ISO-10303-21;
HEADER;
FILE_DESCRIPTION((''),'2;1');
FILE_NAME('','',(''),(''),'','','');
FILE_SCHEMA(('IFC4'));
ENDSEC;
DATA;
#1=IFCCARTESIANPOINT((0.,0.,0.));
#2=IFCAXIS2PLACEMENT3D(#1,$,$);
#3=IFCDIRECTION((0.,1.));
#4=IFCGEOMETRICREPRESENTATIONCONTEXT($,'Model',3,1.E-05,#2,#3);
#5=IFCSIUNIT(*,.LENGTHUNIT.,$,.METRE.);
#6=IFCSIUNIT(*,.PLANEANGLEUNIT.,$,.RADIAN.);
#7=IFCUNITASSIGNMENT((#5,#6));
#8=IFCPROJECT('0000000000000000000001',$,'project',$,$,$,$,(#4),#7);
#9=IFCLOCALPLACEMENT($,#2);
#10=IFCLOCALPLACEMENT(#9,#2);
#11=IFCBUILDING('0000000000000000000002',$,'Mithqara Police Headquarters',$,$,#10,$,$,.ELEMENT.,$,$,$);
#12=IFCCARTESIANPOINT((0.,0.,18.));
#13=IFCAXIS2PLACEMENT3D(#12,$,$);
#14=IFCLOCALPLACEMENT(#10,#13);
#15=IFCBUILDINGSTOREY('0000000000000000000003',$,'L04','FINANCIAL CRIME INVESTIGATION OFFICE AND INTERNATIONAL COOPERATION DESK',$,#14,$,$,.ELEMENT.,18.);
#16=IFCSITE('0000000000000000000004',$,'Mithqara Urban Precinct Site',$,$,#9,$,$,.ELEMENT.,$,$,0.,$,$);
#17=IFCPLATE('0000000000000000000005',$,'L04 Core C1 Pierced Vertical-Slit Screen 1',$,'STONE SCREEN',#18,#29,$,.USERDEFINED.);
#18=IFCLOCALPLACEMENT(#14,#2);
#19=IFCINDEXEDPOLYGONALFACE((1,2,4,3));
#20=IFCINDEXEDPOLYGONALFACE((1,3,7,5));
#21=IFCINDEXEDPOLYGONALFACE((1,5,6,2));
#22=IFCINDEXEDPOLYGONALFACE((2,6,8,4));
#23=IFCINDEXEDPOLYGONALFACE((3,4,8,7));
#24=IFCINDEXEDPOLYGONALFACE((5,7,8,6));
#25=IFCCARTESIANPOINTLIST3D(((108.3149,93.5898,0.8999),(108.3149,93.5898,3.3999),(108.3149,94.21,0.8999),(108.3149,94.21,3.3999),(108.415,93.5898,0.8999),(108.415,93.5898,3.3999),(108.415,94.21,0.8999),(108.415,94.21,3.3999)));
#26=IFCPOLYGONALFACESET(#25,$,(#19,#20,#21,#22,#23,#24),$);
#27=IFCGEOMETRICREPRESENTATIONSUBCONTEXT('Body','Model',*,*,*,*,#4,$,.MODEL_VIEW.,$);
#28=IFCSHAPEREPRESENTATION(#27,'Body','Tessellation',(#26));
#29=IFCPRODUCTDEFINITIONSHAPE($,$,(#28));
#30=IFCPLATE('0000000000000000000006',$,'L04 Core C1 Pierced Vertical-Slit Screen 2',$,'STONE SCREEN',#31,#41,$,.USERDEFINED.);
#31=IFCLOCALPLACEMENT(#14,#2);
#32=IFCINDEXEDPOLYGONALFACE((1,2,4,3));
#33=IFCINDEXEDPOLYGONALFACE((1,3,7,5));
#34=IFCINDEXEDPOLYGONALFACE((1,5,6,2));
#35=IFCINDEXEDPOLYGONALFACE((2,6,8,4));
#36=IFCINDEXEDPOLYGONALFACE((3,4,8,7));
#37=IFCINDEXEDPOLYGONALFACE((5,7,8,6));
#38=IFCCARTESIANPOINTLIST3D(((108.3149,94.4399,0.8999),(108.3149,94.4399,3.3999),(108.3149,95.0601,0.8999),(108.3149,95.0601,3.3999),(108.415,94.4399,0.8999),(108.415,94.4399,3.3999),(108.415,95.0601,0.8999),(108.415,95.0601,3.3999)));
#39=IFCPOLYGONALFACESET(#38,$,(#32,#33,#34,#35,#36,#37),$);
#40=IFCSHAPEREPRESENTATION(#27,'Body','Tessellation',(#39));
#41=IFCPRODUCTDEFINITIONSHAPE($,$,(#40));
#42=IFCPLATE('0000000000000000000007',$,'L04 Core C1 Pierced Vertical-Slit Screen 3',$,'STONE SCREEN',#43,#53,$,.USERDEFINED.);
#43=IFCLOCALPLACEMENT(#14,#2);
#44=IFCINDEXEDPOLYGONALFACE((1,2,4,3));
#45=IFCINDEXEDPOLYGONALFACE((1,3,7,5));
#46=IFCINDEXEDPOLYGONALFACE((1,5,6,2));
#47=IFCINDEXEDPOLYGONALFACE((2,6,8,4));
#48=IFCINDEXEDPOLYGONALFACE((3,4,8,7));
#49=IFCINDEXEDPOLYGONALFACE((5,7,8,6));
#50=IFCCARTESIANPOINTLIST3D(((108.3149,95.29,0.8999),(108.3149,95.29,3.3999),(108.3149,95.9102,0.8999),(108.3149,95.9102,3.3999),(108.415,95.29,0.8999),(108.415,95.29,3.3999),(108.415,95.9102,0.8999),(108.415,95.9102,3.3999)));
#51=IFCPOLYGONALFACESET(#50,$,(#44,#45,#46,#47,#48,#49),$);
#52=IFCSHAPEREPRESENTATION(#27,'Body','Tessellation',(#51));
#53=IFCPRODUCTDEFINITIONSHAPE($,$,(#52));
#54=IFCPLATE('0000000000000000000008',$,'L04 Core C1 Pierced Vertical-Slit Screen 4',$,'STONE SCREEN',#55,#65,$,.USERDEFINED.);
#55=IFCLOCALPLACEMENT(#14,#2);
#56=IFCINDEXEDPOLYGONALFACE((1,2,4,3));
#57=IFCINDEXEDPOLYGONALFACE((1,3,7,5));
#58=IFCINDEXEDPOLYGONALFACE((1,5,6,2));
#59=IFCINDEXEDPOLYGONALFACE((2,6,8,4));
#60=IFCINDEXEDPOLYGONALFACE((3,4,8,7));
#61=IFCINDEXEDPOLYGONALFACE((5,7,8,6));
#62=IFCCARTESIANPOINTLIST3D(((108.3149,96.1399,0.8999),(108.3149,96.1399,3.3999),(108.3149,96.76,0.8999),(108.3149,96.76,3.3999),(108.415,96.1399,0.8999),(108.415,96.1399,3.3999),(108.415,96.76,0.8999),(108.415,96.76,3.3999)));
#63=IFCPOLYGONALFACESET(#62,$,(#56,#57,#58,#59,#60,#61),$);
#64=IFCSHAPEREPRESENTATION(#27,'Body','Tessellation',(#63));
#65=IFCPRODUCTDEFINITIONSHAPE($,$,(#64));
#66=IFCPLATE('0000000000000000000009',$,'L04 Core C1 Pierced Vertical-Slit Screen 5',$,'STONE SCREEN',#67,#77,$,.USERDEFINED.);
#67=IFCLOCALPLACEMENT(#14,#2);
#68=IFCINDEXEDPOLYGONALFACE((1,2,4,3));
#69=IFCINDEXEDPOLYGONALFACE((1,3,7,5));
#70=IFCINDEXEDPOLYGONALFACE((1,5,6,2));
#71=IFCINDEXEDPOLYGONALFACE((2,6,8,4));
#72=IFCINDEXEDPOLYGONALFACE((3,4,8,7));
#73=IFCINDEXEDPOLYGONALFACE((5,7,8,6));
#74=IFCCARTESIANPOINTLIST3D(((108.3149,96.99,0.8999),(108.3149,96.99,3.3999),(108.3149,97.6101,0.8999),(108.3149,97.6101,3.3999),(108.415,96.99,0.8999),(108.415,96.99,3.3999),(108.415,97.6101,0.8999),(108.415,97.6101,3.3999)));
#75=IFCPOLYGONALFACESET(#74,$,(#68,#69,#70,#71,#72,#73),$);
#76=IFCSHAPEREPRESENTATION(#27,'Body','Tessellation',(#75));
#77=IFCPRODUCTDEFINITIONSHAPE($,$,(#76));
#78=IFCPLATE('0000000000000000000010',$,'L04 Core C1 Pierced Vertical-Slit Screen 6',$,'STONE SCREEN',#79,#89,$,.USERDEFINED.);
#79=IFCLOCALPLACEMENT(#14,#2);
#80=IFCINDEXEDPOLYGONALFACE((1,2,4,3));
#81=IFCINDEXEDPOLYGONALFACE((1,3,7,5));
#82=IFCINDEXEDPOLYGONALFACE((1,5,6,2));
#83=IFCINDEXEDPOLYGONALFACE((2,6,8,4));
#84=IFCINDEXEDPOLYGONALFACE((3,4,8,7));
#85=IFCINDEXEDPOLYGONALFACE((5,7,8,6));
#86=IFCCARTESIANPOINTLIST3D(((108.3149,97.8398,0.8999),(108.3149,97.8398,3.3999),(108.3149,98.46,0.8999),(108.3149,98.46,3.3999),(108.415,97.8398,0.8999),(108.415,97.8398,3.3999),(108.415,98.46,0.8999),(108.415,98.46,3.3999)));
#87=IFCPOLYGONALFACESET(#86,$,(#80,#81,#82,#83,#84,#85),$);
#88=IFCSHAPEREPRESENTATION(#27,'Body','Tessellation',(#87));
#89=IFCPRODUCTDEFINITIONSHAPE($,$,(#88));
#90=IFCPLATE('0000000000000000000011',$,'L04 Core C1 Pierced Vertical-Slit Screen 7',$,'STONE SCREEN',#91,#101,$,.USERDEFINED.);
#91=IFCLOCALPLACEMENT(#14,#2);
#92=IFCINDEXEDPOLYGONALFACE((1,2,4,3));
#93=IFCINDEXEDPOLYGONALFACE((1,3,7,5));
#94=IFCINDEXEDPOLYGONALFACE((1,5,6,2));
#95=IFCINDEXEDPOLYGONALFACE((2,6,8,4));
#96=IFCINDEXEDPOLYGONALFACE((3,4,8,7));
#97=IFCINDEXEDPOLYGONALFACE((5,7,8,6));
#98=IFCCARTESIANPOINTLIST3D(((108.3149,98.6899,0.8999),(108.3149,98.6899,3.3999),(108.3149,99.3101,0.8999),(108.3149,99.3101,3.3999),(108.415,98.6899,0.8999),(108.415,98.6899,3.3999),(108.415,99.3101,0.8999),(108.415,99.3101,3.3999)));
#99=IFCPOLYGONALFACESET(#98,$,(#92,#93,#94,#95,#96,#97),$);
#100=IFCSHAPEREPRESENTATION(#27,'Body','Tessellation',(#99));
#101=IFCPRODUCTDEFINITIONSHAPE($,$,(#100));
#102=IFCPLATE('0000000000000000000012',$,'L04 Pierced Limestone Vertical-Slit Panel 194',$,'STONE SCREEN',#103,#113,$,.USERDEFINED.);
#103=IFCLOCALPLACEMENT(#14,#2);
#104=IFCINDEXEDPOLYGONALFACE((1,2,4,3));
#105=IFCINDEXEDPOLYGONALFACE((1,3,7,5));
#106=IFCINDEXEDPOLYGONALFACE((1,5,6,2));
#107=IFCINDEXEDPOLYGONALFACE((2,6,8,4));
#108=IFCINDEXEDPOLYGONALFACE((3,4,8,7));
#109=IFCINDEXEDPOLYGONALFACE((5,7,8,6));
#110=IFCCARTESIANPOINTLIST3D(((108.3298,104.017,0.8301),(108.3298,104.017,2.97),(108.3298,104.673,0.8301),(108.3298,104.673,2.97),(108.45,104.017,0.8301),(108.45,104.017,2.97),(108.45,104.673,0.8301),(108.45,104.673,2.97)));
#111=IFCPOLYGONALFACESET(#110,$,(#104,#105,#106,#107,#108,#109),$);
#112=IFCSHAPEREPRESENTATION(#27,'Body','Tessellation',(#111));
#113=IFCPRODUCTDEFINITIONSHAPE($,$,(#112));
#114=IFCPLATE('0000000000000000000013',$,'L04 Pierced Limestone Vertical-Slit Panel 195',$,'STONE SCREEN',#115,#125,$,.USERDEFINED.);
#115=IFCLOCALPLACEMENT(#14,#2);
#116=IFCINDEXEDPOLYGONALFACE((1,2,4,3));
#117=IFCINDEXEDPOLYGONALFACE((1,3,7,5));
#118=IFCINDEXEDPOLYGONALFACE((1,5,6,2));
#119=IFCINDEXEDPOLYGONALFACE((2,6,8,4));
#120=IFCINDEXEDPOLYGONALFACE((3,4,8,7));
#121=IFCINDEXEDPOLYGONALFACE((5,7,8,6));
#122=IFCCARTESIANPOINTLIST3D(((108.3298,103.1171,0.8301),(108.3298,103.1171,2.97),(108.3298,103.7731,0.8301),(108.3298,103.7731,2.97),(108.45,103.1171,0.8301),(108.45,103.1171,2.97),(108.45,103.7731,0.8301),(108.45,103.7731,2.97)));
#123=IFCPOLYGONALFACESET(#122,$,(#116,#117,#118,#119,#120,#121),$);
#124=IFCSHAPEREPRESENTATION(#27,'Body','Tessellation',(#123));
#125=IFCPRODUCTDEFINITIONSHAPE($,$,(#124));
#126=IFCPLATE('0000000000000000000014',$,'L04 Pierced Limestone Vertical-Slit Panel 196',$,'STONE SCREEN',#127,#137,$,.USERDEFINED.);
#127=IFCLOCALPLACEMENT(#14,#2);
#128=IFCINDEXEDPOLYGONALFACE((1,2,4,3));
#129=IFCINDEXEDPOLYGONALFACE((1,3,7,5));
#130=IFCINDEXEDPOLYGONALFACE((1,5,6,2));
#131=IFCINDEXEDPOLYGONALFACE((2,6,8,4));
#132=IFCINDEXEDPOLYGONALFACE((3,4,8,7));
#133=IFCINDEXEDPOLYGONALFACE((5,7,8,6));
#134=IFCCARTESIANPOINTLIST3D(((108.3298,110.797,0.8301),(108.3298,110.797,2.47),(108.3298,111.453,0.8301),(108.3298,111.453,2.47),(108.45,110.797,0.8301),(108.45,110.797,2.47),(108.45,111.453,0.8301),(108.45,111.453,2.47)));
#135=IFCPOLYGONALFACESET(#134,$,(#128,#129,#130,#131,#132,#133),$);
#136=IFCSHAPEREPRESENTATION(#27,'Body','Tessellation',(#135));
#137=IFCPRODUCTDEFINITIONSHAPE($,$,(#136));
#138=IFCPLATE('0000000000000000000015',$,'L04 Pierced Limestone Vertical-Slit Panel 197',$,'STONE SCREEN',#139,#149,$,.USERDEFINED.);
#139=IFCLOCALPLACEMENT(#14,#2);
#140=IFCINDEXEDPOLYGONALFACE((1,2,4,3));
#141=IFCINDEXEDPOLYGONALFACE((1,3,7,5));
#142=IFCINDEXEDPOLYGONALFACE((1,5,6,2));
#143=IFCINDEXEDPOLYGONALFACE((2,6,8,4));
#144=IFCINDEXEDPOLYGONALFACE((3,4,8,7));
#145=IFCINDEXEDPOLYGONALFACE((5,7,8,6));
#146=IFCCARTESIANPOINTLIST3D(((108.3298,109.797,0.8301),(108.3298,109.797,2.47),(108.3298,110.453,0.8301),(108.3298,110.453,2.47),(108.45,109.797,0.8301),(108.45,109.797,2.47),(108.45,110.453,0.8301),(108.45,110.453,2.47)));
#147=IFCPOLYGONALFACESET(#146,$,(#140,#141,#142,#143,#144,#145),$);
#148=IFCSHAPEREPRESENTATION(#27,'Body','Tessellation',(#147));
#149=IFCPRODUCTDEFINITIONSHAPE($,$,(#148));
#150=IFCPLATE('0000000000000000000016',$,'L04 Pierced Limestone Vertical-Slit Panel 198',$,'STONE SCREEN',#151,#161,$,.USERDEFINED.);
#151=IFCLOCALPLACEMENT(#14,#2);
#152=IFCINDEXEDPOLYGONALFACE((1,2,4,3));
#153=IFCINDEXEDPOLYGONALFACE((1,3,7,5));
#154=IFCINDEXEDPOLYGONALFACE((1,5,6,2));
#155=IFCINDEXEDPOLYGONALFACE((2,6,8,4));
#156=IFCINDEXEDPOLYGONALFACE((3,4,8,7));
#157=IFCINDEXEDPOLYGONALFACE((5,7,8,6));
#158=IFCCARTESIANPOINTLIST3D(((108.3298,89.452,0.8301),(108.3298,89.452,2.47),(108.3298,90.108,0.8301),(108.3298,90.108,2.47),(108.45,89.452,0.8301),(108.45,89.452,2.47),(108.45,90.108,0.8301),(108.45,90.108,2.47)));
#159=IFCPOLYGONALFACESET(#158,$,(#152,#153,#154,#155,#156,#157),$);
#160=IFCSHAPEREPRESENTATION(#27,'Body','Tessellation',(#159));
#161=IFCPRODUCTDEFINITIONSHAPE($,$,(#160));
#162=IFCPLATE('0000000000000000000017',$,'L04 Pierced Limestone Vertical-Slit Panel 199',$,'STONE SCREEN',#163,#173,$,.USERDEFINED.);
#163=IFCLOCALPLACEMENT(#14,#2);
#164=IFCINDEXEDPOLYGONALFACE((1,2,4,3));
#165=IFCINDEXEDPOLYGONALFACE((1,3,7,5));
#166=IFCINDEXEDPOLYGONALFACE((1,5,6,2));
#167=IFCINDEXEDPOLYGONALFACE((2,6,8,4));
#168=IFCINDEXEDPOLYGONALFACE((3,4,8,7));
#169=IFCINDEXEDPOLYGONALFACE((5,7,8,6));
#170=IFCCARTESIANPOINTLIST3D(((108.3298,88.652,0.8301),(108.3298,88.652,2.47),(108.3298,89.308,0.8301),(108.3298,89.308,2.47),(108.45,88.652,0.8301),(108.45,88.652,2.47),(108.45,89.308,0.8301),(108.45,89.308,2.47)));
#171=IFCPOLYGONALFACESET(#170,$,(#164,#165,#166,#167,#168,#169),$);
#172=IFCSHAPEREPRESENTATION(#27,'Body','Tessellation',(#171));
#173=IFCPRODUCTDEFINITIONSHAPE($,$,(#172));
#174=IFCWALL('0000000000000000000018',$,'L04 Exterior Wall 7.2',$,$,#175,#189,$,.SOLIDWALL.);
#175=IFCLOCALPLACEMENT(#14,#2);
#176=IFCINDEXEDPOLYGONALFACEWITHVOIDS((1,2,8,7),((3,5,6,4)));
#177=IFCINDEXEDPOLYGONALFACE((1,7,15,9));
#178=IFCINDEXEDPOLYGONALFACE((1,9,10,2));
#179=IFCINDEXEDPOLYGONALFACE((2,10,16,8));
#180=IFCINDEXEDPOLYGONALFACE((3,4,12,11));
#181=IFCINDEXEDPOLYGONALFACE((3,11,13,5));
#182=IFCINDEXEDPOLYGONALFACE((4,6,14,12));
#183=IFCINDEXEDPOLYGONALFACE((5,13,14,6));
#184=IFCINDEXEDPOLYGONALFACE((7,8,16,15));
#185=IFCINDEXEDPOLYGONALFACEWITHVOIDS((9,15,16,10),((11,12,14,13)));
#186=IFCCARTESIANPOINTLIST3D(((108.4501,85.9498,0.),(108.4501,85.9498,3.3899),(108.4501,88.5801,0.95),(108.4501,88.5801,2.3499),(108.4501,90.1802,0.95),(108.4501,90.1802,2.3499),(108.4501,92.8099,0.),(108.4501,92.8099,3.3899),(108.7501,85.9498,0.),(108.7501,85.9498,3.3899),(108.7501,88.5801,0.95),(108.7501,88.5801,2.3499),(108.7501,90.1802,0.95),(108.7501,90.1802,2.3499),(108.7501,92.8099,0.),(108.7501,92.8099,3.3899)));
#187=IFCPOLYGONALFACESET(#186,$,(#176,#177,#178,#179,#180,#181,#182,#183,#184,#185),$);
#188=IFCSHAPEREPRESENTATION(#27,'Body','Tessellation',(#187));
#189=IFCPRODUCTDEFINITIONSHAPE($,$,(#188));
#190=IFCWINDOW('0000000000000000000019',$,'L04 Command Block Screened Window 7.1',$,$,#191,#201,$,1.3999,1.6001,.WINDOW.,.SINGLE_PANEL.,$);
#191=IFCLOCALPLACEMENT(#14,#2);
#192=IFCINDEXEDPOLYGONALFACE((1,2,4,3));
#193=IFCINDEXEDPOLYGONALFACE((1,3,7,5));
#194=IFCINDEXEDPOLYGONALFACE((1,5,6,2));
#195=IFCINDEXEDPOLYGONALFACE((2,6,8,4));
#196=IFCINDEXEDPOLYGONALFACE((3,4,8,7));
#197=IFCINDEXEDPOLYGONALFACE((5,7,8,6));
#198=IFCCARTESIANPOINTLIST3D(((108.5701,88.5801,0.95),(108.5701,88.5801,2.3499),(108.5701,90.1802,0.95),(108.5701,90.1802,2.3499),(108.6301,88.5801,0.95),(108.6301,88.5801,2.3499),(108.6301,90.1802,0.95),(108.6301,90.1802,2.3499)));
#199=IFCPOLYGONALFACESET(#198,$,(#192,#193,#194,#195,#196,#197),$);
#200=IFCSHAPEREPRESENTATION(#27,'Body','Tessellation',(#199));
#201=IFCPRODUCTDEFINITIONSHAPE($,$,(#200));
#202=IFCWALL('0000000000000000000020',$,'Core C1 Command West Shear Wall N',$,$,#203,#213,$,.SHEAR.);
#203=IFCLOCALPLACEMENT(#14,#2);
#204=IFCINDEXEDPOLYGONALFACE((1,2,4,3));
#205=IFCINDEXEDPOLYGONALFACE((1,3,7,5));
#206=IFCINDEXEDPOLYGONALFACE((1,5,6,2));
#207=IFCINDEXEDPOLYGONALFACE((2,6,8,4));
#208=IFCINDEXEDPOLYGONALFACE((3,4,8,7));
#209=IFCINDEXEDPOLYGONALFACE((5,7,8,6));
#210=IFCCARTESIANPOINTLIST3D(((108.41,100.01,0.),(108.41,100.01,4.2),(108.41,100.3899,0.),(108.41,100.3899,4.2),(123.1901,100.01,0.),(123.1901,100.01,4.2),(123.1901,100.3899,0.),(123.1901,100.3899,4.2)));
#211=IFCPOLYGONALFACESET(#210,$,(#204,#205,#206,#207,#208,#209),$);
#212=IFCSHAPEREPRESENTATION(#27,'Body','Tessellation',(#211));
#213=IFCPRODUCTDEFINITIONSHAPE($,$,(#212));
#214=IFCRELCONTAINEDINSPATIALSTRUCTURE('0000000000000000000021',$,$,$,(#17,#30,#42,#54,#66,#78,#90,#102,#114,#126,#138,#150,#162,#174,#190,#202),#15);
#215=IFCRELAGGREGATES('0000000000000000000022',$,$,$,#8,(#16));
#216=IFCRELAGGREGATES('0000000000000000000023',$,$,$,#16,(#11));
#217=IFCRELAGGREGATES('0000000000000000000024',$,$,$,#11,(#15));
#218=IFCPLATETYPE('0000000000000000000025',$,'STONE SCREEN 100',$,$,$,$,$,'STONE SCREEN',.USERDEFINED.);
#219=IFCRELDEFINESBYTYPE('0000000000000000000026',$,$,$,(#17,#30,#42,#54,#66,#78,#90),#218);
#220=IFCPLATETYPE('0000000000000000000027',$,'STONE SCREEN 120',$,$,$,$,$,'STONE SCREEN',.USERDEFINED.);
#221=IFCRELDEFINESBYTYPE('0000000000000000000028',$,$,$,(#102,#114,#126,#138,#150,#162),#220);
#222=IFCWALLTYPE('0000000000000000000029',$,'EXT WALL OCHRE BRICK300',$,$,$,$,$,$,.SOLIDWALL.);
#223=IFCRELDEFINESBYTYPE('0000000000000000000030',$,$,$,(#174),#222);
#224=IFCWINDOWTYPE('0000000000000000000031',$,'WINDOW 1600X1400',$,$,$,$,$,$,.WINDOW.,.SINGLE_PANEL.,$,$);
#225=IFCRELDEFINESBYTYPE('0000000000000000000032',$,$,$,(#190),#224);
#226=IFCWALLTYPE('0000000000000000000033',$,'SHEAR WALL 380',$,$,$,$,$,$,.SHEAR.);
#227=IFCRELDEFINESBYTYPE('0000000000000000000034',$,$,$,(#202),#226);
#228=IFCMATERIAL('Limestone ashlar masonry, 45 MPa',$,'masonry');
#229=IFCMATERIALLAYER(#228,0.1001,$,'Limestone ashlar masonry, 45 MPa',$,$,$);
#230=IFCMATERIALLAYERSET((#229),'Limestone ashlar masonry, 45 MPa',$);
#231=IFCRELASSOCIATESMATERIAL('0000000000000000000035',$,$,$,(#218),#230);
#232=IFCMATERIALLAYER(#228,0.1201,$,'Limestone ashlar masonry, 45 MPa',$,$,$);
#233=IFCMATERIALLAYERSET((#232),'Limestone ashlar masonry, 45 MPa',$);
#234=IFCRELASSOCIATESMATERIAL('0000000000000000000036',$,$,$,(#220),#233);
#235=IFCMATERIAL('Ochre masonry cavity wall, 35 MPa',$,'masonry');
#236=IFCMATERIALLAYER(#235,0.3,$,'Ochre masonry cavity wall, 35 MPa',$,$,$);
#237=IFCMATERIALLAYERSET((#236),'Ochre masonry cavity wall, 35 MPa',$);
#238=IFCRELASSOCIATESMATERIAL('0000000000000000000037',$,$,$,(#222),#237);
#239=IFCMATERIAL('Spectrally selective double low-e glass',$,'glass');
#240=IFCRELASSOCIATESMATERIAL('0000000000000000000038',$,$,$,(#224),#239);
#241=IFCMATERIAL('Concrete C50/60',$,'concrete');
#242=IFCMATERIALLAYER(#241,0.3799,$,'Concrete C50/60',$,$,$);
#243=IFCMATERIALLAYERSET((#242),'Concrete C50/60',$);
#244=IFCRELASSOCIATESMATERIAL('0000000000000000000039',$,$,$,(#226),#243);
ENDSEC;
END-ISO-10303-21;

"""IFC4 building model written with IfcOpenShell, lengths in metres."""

from ifc_helpers import new_model, si_unit, direction, frame, frame_2d, origin, origin_2d, place, context, subcontext, project, spatial, rectangle, extrude, material, layer, layer_set, type_object, element, fill, save


model = new_model("IFC4")

# Units and contexts
model_context = context("Model", 3, precision=1e-05, world=origin(), true_north=direction((0.0, 1.0)))
body_context = subcontext(model_context, "Body", "Model", "MODEL_VIEW")
ifc_project = project(units=[si_unit("LENGTHUNIT", "METRE"), si_unit("PLANEANGLEUNIT", "RADIAN")], contexts=[model_context])

# Site, building, storey
site_placement = place(None, origin())
site = spatial("IfcSite", under=ifc_project, at=site_placement, Name="Mithqara Urban Precinct Site", CompositionType="ELEMENT", RefElevation=0.0)
building_placement = place(site_placement, origin())
building = spatial("IfcBuilding", under=site, at=building_placement, Name="Mithqara Police Headquarters", CompositionType="ELEMENT")
storey_placement = place(building_placement, frame((0.0, 0.0, 18.0)))
storey = spatial("IfcBuildingStorey", under=building, at=storey_placement, Name="L04", Description="FINANCIAL CRIME INVESTIGATION OFFICE AND INTERNATIONAL COOPERATION DESK", CompositionType="ELEMENT", Elevation=18.0)

# Plates
ifc_material_1 = material(Name="Limestone ashlar masonry, 45 MPa", Category="masonry")
ifc_layer_1 = layer(ifc_material_1, 0.1001, Name="Limestone ashlar masonry, 45 MPa")
ifc_layer_set_1 = layer_set([ifc_layer_1], Name="Limestone ashlar masonry, 45 MPa")
plate_type_1 = type_object("IfcPlateType", Name="STONE SCREEN 100", ElementType="STONE SCREEN", PredefinedType="USERDEFINED", material=ifc_layer_set_1)
for number, where, z_axis, x_axis, name in (
    (1, (108.365, 93.8999, 0.8999), (0.0, 0.0, 1.0), (0.0, 1.0, 0.0), "L04 Core C1 Pierced Vertical-Slit Screen 1"),
    (2, (108.365, 94.75, 0.8999), (0.0, 0.0, 1.0), (0.0, 1.0, 0.0), "L04 Core C1 Pierced Vertical-Slit Screen 2"),
    (3, (108.365, 95.6001, 0.8999), (0.0, 0.0, 1.0), (0.0, 1.0, 0.0), "L04 Core C1 Pierced Vertical-Slit Screen 3"),
    (4, (108.365, 96.45, 0.8999), (0.0, 0.0, 1.0), (0.0, 1.0, 0.0), "L04 Core C1 Pierced Vertical-Slit Screen 4"),
    (5, (108.365, 97.3, 0.8999), (0.0, 0.0, 1.0), (0.0, 1.0, 0.0), "L04 Core C1 Pierced Vertical-Slit Screen 5"),
    (6, (108.365, 98.1499, 0.8999), (0.0, 0.0, 1.0), (0.0, 1.0, 0.0), "L04 Core C1 Pierced Vertical-Slit Screen 6"),
    (7, (108.365, 99.0, 0.8999), (0.0, 0.0, 1.0), (0.0, 1.0, 0.0), "L04 Core C1 Pierced Vertical-Slit Screen 7"),
):
    element("IfcPlate", number, at=place(storey_placement, frame(where, z_axis=z_axis, x_axis=x_axis)), inside=storey, type_object=plate_type_1, Name=name, ObjectType="STONE SCREEN", PredefinedType="USERDEFINED", context=body_context, shape_type="SweptSolid", body=[
        extrude(rectangle(XDim=0.6201, YDim=0.1001, at=origin_2d()), origin(), (0.0, 0.0, 1.0), 2.5),
    ])
ifc_layer_2 = layer(ifc_material_1, 0.1201, Name="Limestone ashlar masonry, 45 MPa")
ifc_layer_set_2 = layer_set([ifc_layer_2], Name="Limestone ashlar masonry, 45 MPa")
plate_type_2 = type_object("IfcPlateType", Name="STONE SCREEN 120", ElementType="STONE SCREEN", PredefinedType="USERDEFINED", material=ifc_layer_set_2)
for number, where, z_axis, x_axis, name in (
    (8, (108.3899, 104.345, 0.8301), (0.0, 0.0, 1.0), (0.0, 1.0, 0.0), "L04 Pierced Limestone Vertical-Slit Panel 194"),
    (9, (108.3899, 103.4451, 0.8301), (0.0, 0.0, 1.0), (0.0, 1.0, 0.0), "L04 Pierced Limestone Vertical-Slit Panel 195"),
):
    element("IfcPlate", number, at=place(storey_placement, frame(where, z_axis=z_axis, x_axis=x_axis)), inside=storey, type_object=plate_type_2, Name=name, ObjectType="STONE SCREEN", PredefinedType="USERDEFINED", context=body_context, shape_type="SweptSolid", body=[
        extrude(rectangle(XDim=0.656, YDim=0.1201, at=origin_2d()), origin(), (0.0, 0.0, 1.0), 2.1399),
    ])
for number, where, z_axis, x_axis, name in (
    (10, (108.3899, 111.125, 0.8301), (0.0, 0.0, 1.0), (0.0, 1.0, 0.0), "L04 Pierced Limestone Vertical-Slit Panel 196"),
    (11, (108.3899, 110.125, 0.8301), (0.0, 0.0, 1.0), (0.0, 1.0, 0.0), "L04 Pierced Limestone Vertical-Slit Panel 197"),
    (12, (108.3899, 89.78, 0.8301), (0.0, 0.0, 1.0), (0.0, 1.0, 0.0), "L04 Pierced Limestone Vertical-Slit Panel 198"),
    (13, (108.3899, 88.98, 0.8301), (0.0, 0.0, 1.0), (0.0, 1.0, 0.0), "L04 Pierced Limestone Vertical-Slit Panel 199"),
):
    element("IfcPlate", number, at=place(storey_placement, frame(where, z_axis=z_axis, x_axis=x_axis)), inside=storey, type_object=plate_type_2, Name=name, ObjectType="STONE SCREEN", PredefinedType="USERDEFINED", context=body_context, shape_type="SweptSolid", body=[
        extrude(rectangle(XDim=0.656, YDim=0.1201, at=origin_2d()), origin(), (0.0, 0.0, 1.0), 1.6399),
    ])

# Wall, opening, window
ifc_material_2 = material(Name="Ochre masonry cavity wall, 35 MPa", Category="masonry")
ifc_layer_3 = layer(ifc_material_2, 0.3, Name="Ochre masonry cavity wall, 35 MPa")
ifc_layer_set_3 = layer_set([ifc_layer_3], Name="Ochre masonry cavity wall, 35 MPa")
wall_type_1 = type_object("IfcWallType", Name="EXT WALL OCHRE BRICK300", PredefinedType="SOLIDWALL", material=ifc_layer_set_3)
wall_1_placement = place(storey_placement, frame((108.6001, 92.8101, 0.0), z_axis=(0.0, 0.0, 1.0), x_axis=(0.0, -1.0, 0.0)))
wall_1 = element("IfcWall", 14, at=wall_1_placement, inside=storey, type_object=wall_type_1, Name="L04 Exterior Wall 7.2", PredefinedType="SOLIDWALL", context=body_context, shape_type="SweptSolid", body=[
    extrude(rectangle(XDim=6.8601, YDim=0.3, at=frame_2d((3.4302, 0.0))), origin(), (0.0, 0.0, 1.0), 3.3899),
])
opening_1_placement = place(wall_1_placement, frame((2.6299, 0.0, 0.95)))
opening_1 = element("IfcOpeningElement", 15, at=opening_1_placement, cuts=wall_1, PredefinedType="OPENING", context=body_context, shape_type="SweptSolid", body=[
    extrude(rectangle(XDim=1.6001, YDim=1.3999, at=frame_2d((0.8, 0.7))), frame((0.0, 0.1602, 0.0), z_axis=(0.0, -1.0, 0.0), x_axis=(1.0, 0.0, 0.0)), (0.0, 0.0, 1.0), 0.3201),
])
ifc_material_3 = material(Name="Spectrally selective double low-e glass", Category="glass")
window_type = type_object("IfcWindowType", Name="WINDOW 1600X1400", PartitioningType="SINGLE_PANEL", PredefinedType="WINDOW", material=ifc_material_3)
window_placement = place(opening_1_placement, origin())
window = element("IfcWindow", 16, at=window_placement, inside=storey, type_object=window_type, Name="L04 Command Block Screened Window 7.1", OverallHeight=1.3999, OverallWidth=1.6001, PartitioningType="SINGLE_PANEL", PredefinedType="WINDOW", context=body_context, shape_type="SweptSolid", body=[
    extrude(rectangle(XDim=1.6001, YDim=1.3999, at=frame_2d((0.8, 0.7))), frame((0.0, 0.03, 0.0), z_axis=(0.0, -1.0, 0.0), x_axis=(1.0, 0.0, 0.0)), (0.0, 0.0, 1.0), 0.0601),
])
fill(opening_1, window)

# Wall
ifc_material_4 = material(Name="Concrete C50/60", Category="concrete")
ifc_layer_4 = layer(ifc_material_4, 0.3799, Name="Concrete C50/60")
ifc_layer_set_4 = layer_set([ifc_layer_4], Name="Concrete C50/60")
wall_type_2 = type_object("IfcWallType", Name="SHEAR WALL 380", PredefinedType="SHEAR", material=ifc_layer_set_4)
wall_2_placement = place(storey_placement, frame((108.4099, 100.2, 0.0), z_axis=(0.0, 0.0, 1.0), x_axis=(1.0, 0.0, 0.0)))
element("IfcWall", 17, at=wall_2_placement, inside=storey, type_object=wall_type_2, Name="Core C1 Command West Shear Wall N", PredefinedType="SHEAR", context=body_context, shape_type="SweptSolid", body=[
    extrude(rectangle(XDim=14.78, YDim=0.3799, at=frame_2d((7.3901, 0.0))), origin(), (0.0, 0.0, 1.0), 4.2),
])

save(model, "model.ifc")
